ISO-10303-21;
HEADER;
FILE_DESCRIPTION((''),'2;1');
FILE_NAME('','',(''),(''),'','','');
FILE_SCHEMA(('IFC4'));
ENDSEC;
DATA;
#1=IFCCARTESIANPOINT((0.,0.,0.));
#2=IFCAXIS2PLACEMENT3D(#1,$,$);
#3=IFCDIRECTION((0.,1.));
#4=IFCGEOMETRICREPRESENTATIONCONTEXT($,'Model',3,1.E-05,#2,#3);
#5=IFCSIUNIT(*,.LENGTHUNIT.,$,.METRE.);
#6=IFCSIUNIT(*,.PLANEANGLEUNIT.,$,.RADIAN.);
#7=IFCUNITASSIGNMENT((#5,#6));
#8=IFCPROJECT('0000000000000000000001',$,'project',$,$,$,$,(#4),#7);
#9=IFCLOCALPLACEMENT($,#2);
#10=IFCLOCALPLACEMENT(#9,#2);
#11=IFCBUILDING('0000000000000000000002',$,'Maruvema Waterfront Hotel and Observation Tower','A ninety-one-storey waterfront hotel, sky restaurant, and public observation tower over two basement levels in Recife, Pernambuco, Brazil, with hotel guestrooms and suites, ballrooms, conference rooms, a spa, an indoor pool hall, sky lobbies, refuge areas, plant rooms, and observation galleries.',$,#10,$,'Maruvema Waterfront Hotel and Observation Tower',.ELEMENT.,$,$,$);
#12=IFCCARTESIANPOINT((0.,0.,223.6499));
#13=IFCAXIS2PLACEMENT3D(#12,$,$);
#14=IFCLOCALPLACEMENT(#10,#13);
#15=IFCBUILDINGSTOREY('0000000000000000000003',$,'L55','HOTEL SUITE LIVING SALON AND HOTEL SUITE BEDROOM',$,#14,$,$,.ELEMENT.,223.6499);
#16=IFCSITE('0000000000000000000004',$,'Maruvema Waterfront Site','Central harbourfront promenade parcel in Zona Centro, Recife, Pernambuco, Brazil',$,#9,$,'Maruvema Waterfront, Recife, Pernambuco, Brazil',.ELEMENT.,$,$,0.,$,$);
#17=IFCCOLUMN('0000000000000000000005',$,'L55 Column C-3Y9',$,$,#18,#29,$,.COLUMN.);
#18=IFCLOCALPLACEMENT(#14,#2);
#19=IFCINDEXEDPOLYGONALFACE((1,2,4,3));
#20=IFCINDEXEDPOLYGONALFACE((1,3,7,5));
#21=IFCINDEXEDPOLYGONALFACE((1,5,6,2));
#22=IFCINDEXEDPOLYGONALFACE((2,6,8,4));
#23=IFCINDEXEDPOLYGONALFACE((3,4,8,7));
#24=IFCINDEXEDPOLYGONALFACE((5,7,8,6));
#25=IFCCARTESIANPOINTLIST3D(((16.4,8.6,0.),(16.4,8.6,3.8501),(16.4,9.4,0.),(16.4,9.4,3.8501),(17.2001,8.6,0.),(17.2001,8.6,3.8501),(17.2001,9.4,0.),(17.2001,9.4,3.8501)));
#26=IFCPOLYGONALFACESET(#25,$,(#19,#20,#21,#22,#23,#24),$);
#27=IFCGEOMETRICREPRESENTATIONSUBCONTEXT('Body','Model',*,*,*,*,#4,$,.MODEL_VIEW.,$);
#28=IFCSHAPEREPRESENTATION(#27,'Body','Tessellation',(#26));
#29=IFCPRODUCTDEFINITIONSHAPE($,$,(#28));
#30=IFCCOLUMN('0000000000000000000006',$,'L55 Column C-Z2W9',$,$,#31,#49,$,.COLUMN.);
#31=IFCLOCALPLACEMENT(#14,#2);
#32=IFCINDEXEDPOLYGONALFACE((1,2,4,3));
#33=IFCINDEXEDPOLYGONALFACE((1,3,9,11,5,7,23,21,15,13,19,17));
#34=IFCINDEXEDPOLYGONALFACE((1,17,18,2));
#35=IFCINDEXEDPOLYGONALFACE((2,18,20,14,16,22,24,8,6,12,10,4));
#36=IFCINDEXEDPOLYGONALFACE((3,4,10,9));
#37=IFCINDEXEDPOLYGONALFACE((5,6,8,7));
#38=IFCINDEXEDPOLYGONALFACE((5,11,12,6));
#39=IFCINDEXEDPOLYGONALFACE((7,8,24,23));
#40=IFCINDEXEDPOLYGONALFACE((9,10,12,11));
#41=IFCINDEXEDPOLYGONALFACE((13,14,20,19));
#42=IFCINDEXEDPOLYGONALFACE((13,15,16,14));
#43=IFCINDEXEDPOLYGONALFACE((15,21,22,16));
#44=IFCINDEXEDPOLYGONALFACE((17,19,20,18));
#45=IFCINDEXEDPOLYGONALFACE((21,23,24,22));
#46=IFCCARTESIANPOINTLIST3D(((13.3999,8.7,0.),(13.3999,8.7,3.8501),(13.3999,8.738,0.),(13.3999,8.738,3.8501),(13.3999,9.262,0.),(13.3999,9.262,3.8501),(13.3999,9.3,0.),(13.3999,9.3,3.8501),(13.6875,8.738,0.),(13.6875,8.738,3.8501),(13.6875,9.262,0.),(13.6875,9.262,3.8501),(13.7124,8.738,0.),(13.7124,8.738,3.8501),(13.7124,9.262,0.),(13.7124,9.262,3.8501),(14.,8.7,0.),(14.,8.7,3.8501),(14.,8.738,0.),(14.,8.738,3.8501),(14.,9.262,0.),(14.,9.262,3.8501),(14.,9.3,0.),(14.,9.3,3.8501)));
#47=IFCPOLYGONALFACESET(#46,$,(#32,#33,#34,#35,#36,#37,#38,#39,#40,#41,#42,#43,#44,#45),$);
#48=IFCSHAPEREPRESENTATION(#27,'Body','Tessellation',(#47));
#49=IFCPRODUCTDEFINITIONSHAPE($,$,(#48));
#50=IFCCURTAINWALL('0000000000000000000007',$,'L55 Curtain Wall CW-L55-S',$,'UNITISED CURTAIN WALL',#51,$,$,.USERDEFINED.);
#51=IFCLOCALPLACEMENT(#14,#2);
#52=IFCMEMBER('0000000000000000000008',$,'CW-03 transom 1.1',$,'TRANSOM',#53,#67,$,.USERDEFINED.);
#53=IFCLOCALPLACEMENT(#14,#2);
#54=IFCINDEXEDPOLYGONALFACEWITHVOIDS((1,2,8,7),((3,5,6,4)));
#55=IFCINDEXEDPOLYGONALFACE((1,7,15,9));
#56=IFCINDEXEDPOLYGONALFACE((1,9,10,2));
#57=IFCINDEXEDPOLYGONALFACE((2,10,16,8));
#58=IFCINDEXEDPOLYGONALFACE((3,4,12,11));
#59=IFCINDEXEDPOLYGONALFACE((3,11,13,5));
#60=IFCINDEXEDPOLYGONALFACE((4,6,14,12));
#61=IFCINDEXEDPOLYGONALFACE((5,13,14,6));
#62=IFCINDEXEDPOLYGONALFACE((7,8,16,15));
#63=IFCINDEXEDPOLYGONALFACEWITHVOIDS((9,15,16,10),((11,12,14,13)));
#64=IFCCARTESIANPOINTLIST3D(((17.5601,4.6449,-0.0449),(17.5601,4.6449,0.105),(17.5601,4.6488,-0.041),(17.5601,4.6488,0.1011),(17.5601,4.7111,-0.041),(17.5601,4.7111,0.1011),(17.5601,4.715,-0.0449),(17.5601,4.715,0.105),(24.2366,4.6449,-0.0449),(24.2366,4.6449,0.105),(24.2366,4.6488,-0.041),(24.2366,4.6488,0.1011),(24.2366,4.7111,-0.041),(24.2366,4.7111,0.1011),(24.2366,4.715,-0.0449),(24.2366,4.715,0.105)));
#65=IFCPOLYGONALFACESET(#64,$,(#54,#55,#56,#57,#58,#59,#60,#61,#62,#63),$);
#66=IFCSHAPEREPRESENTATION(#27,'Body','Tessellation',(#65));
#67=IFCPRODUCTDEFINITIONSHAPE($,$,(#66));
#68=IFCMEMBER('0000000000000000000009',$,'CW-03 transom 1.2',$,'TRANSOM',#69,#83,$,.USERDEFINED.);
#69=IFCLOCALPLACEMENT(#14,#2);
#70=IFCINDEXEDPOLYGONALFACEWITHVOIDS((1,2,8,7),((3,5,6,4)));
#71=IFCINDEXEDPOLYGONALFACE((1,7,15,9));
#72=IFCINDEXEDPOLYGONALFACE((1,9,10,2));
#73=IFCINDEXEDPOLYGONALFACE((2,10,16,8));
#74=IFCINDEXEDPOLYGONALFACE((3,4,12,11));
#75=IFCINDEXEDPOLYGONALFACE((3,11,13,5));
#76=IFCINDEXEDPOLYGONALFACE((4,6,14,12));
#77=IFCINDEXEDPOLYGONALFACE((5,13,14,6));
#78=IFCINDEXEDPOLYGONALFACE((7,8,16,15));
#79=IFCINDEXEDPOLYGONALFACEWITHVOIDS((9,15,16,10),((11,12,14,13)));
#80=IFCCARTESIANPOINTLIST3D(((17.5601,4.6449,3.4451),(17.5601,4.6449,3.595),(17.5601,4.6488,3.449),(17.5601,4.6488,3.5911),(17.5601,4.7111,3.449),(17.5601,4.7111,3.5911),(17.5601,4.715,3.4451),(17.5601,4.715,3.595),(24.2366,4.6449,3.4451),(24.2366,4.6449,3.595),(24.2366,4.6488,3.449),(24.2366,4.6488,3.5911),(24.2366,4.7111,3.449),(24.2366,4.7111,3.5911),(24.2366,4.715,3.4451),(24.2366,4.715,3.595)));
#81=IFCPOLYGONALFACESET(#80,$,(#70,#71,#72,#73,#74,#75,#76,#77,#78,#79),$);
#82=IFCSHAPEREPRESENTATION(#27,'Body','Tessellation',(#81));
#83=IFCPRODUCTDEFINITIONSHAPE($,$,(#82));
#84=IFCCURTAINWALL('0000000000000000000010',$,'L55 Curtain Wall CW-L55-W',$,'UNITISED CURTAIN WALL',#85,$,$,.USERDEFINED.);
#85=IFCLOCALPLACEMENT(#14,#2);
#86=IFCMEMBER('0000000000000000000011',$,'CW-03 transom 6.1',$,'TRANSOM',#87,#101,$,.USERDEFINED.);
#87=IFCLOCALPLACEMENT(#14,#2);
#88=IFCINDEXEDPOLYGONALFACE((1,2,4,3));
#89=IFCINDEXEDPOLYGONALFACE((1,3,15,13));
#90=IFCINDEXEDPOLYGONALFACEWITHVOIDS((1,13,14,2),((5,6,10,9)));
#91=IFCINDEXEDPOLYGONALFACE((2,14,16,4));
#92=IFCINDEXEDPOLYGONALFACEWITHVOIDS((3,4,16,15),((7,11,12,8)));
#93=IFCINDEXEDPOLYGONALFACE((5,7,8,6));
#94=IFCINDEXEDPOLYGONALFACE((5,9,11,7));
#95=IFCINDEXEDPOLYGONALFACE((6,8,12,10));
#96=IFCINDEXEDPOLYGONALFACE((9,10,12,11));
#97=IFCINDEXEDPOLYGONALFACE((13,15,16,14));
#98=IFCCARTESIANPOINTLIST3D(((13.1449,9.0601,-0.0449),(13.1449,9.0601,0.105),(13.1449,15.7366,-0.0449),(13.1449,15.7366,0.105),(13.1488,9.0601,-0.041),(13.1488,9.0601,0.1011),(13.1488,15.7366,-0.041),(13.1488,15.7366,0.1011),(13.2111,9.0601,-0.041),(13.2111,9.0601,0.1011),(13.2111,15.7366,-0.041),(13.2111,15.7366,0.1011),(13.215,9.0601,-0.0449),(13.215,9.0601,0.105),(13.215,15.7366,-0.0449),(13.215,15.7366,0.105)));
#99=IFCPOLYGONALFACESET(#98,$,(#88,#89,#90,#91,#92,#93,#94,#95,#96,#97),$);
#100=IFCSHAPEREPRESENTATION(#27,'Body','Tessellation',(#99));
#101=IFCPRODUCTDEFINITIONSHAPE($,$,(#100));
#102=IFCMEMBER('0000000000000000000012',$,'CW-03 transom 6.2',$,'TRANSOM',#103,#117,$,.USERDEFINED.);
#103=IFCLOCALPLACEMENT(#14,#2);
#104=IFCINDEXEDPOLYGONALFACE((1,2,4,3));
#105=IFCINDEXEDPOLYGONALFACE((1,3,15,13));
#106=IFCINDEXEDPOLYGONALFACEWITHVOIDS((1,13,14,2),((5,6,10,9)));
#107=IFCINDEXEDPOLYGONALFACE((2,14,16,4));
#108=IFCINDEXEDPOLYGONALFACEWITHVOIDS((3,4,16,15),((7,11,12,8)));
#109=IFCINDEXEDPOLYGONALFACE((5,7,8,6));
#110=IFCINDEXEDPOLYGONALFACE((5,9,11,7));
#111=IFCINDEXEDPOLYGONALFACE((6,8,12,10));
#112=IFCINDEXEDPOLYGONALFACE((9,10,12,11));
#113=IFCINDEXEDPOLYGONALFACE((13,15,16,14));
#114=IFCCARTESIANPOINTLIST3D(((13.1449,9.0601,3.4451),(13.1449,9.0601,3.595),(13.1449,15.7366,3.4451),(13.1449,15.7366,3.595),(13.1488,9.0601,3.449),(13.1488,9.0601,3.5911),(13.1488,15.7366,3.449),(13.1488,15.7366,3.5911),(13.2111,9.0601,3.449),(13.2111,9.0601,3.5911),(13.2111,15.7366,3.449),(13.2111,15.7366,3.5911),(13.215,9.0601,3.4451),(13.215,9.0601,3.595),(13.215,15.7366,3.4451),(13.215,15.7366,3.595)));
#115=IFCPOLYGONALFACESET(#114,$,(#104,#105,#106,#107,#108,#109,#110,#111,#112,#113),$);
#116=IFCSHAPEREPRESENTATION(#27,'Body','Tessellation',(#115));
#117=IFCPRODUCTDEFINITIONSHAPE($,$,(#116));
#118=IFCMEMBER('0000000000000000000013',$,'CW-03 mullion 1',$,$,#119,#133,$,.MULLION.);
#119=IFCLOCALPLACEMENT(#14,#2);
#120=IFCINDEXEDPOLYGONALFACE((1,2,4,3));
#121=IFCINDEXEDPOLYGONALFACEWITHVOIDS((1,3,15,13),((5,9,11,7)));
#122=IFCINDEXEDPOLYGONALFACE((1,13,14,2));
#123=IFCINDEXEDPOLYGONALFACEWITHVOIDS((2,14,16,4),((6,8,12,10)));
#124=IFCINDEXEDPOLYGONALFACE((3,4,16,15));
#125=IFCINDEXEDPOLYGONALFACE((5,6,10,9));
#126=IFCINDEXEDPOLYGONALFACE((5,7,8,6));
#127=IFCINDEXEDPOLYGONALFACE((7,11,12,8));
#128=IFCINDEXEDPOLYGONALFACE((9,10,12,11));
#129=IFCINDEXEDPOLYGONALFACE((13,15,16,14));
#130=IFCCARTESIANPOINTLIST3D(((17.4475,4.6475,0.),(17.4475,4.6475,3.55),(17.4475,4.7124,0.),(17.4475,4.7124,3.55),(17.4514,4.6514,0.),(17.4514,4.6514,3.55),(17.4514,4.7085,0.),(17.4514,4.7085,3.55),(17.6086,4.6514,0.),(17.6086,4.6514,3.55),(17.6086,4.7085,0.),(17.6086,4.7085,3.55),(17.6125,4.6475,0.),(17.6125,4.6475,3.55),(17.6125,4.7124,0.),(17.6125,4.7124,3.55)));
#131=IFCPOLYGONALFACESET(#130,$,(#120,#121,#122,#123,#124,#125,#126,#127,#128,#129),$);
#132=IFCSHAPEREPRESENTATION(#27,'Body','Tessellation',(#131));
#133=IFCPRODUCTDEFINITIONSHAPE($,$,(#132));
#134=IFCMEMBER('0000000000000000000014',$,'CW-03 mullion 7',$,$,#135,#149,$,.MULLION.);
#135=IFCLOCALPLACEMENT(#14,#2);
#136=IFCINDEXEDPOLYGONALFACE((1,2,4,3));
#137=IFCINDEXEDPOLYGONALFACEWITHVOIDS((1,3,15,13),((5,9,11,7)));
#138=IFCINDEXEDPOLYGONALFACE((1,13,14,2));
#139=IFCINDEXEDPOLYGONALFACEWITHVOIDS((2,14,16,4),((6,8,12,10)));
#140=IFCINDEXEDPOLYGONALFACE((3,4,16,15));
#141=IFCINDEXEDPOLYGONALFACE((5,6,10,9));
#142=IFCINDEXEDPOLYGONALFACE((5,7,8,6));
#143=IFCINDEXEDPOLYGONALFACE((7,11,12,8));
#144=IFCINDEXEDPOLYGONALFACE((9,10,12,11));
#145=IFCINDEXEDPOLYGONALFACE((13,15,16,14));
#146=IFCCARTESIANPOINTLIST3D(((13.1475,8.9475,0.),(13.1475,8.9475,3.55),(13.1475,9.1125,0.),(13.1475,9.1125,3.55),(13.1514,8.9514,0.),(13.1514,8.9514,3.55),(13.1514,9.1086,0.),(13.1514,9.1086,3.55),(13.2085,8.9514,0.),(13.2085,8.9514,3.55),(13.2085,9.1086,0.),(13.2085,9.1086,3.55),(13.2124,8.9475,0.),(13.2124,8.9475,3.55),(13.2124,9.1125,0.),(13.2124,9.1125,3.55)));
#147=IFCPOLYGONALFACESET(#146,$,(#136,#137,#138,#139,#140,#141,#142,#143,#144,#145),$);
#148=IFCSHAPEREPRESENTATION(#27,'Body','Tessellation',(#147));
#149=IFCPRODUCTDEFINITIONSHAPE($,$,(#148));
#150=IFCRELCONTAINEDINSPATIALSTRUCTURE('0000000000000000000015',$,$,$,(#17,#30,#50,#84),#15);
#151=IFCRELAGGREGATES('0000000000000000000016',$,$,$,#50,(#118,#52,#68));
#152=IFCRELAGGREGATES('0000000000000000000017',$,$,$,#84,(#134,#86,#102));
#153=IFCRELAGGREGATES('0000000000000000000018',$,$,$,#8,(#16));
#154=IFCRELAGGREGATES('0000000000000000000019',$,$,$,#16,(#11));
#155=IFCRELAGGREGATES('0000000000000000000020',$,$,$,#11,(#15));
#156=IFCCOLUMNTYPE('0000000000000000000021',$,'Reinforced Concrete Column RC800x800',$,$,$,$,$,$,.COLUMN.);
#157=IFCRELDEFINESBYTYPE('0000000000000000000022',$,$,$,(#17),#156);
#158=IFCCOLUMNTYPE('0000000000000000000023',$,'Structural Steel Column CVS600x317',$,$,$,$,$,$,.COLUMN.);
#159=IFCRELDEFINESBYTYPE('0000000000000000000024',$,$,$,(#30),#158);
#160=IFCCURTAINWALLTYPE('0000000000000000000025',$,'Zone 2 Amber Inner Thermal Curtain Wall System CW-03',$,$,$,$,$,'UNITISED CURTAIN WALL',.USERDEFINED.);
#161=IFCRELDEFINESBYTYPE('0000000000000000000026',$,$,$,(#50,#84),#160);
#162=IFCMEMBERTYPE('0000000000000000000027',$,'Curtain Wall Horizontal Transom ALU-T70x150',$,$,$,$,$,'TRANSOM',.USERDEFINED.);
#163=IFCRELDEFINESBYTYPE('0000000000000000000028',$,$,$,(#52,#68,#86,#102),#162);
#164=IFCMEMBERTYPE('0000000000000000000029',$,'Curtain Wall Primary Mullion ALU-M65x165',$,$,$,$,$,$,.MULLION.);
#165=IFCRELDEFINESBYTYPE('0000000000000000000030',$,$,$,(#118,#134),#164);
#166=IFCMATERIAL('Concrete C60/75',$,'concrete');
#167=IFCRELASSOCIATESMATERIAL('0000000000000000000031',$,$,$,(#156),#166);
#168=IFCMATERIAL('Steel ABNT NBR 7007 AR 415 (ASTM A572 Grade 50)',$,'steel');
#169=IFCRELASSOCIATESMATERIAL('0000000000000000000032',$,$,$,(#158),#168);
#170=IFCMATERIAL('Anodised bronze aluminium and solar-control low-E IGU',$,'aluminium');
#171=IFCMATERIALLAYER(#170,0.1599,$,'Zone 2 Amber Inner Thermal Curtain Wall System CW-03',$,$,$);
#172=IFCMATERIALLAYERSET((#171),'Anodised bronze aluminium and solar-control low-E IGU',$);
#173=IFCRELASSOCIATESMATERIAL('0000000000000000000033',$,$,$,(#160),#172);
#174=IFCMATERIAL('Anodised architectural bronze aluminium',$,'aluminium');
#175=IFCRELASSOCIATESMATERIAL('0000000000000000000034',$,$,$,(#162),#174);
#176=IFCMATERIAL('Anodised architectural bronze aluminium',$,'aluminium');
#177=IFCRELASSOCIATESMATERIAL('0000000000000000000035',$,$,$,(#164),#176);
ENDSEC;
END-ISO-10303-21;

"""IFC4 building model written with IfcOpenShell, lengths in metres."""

from ifc_helpers import new_model, si_unit, direction, frame, origin, origin_2d, place, context, subcontext, project, spatial, rectangle, hollow_rectangle, i_section, extrude, material, layer, layer_set, material_profile, profile_set, type_object, element, aggregate, save


model = new_model("IFC4")

# Units and contexts
model_context = context("Model", 3, precision=1e-05, world=origin(), true_north=direction((0.0, 1.0)))
body_context = subcontext(model_context, "Body", "Model", "MODEL_VIEW")
ifc_project = project(units=[si_unit("LENGTHUNIT", "METRE"), si_unit("PLANEANGLEUNIT", "RADIAN")], contexts=[model_context])

# Site, building, storey
site_placement = place(None, origin())
site = spatial("IfcSite", under=ifc_project, at=site_placement, Name="Maruvema Waterfront Site", Description="Central harbourfront promenade parcel in Zona Centro, Recife, Pernambuco, Brazil", LongName="Maruvema Waterfront, Recife, Pernambuco, Brazil", CompositionType="ELEMENT", RefElevation=0.0)
building_placement = place(site_placement, origin())
building = spatial("IfcBuilding", under=site, at=building_placement, Name="Maruvema Waterfront Hotel and Observation Tower", Description="A ninety-one-storey waterfront hotel, sky restaurant, and public observation tower over two basement levels in Recife, Pernambuco, Brazil, with hotel guestrooms and suites, ballrooms, conference rooms, a spa, an indoor pool hall, sky lobbies, refuge areas, plant rooms, and observation galleries.", LongName="Maruvema Waterfront Hotel and Observation Tower", CompositionType="ELEMENT")
storey_placement = place(building_placement, frame((0.0, 0.0, 223.6499)))
storey = spatial("IfcBuildingStorey", under=building, at=storey_placement, Name="L55", Description="HOTEL SUITE LIVING SALON AND HOTEL SUITE BEDROOM", CompositionType="ELEMENT", Elevation=223.6499)

# Columns
ifc_material_1 = material(Name="Concrete C60/75", Category="concrete")
ifc_material_profile_1 = material_profile(ifc_material_1, rectangle(XDim=0.8, YDim=0.8, at=origin_2d()), Name="RC800x800")
ifc_profile_set_1 = profile_set([ifc_material_profile_1], Name="Concrete C60/75")
column_type_1 = type_object("IfcColumnType", Name="Reinforced Concrete Column RC800x800", PredefinedType="COLUMN", material=ifc_profile_set_1)
column_1_placement = place(storey_placement, frame((16.8, 9.0, 0.0), z_axis=(0.0, 0.0, 1.0), x_axis=(1.0, 0.0, 0.0)))
element("IfcColumn", 1, at=column_1_placement, inside=storey, type_object=column_type_1, Name="L55 Column C-3Y9", PredefinedType="COLUMN", context=body_context, shape_type="SweptSolid", body=[
    extrude(rectangle(XDim=0.8, YDim=0.8, at=origin_2d()), origin(), (0.0, 0.0, 1.0), 3.8501),
])
ifc_material_2 = material(Name="Steel ABNT NBR 7007 AR 415 (ASTM A572 Grade 50)", Category="steel")
ifc_material_profile_2 = material_profile(ifc_material_2, i_section(OverallWidth=0.6001, OverallDepth=0.6001, WebThickness=0.0249, FlangeThickness=0.0381, at=origin_2d()), Name="CVS600x317")
ifc_profile_set_2 = profile_set([ifc_material_profile_2], Name="Steel ABNT NBR 7007 AR 415 (ASTM A572 Grade 50)")
column_type_2 = type_object("IfcColumnType", Name="Structural Steel Column CVS600x317", PredefinedType="COLUMN", material=ifc_profile_set_2)
column_2_placement = place(storey_placement, frame((13.7, 9.0, 0.0), z_axis=(0.0, 0.0, 1.0), x_axis=(1.0, 0.0, 0.0)))
element("IfcColumn", 2, at=column_2_placement, inside=storey, type_object=column_type_2, Name="L55 Column C-Z2W9", PredefinedType="COLUMN", context=body_context, shape_type="SweptSolid", body=[
    extrude(i_section(OverallWidth=0.6001, OverallDepth=0.6001, WebThickness=0.0249, FlangeThickness=0.0381, at=origin_2d()), origin(), (0.0, 0.0, 1.0), 3.8501),
])

# Curtain walls, members
ifc_material_3 = material(Name="Anodised bronze aluminium and solar-control low-E IGU", Category="aluminium")
ifc_layer_1 = layer(ifc_material_3, 0.1599, Name="Zone 2 Amber Inner Thermal Curtain Wall System CW-03")
ifc_layer_set_1 = layer_set([ifc_layer_1], Name="Anodised bronze aluminium and solar-control low-E IGU")
curtain_wall_type = type_object("IfcCurtainWallType", Name="Zone 2 Amber Inner Thermal Curtain Wall System CW-03", ElementType="UNITISED CURTAIN WALL", PredefinedType="USERDEFINED", material=ifc_layer_set_1)
curtain_wall_1_placement = place(storey_placement, origin())
curtain_wall_1 = element("IfcCurtainWall", 3, at=curtain_wall_1_placement, inside=storey, type_object=curtain_wall_type, Name="L55 Curtain Wall CW-L55-S", ObjectType="UNITISED CURTAIN WALL", PredefinedType="USERDEFINED")
ifc_material_4 = material(Name="Anodised architectural bronze aluminium", Category="aluminium")
ifc_material_profile_3 = material_profile(ifc_material_4, hollow_rectangle(XDim=0.0701, YDim=0.1499, WallThickness=0.0039, at=origin_2d()), Name="ALU-T70x150")
ifc_profile_set_3 = profile_set([ifc_material_profile_3], Name="Anodised architectural bronze aluminium")
member_type_1 = type_object("IfcMemberType", Name="Curtain Wall Horizontal Transom ALU-T70x150", ElementType="TRANSOM", PredefinedType="USERDEFINED", material=ifc_profile_set_3)
member_1_placement = place(storey_placement, frame((17.5601, 4.6799, 0.03), z_axis=(1.0, 0.0, 0.0), x_axis=(0.0, 1.0, 0.0)))
member_1 = element("IfcMember", 4, at=member_1_placement, type_object=member_type_1, Name="CW-03 transom 1.1", ObjectType="TRANSOM", PredefinedType="USERDEFINED", context=body_context, shape_type="SweptSolid", body=[
    extrude(hollow_rectangle(XDim=0.0701, YDim=0.1499, WallThickness=0.0039, at=origin_2d()), origin(), (0.0, 0.0, 1.0), 6.6765),
])
member_2_placement = place(storey_placement, frame((17.5601, 4.6799, 3.52), z_axis=(1.0, 0.0, 0.0), x_axis=(0.0, 1.0, 0.0)))
member_2 = element("IfcMember", 5, at=member_2_placement, type_object=member_type_1, Name="CW-03 transom 1.2", ObjectType="TRANSOM", PredefinedType="USERDEFINED", context=body_context, shape_type="SweptSolid", body=[
    extrude(hollow_rectangle(XDim=0.0701, YDim=0.1499, WallThickness=0.0039, at=origin_2d()), origin(), (0.0, 0.0, 1.0), 6.6765),
])
curtain_wall_2_placement = place(storey_placement, origin())
curtain_wall_2 = element("IfcCurtainWall", 6, at=curtain_wall_2_placement, inside=storey, type_object=curtain_wall_type, Name="L55 Curtain Wall CW-L55-W", ObjectType="UNITISED CURTAIN WALL", PredefinedType="USERDEFINED")
member_3_placement = place(storey_placement, frame((13.1799, 15.7366, 0.03), z_axis=(0.0, -1.0, 0.0), x_axis=(1.0, 0.0, 0.0)))
member_3 = element("IfcMember", 7, at=member_3_placement, type_object=member_type_1, Name="CW-03 transom 6.1", ObjectType="TRANSOM", PredefinedType="USERDEFINED", context=body_context, shape_type="SweptSolid", body=[
    extrude(hollow_rectangle(XDim=0.0701, YDim=0.1499, WallThickness=0.0039, at=origin_2d()), origin(), (0.0, 0.0, 1.0), 6.6765),
])
member_4_placement = place(storey_placement, frame((13.1799, 15.7366, 3.52), z_axis=(0.0, -1.0, 0.0), x_axis=(1.0, 0.0, 0.0)))
member_4 = element("IfcMember", 8, at=member_4_placement, type_object=member_type_1, Name="CW-03 transom 6.2", ObjectType="TRANSOM", PredefinedType="USERDEFINED", context=body_context, shape_type="SweptSolid", body=[
    extrude(hollow_rectangle(XDim=0.0701, YDim=0.1499, WallThickness=0.0039, at=origin_2d()), origin(), (0.0, 0.0, 1.0), 6.6765),
])

# Members
ifc_material_5 = material(Name="Anodised architectural bronze aluminium", Category="aluminium")
ifc_material_profile_4 = material_profile(ifc_material_5, hollow_rectangle(XDim=0.0649, YDim=0.165, WallThickness=0.0039, at=origin_2d()), Name="ALU-M65x165")
ifc_profile_set_4 = profile_set([ifc_material_profile_4], Name="Anodised architectural bronze aluminium")
member_type_2 = type_object("IfcMemberType", Name="Curtain Wall Primary Mullion ALU-M65x165", PredefinedType="MULLION", material=ifc_profile_set_4)
member_5_placement = place(storey_placement, frame((17.53, 4.6799, 0.0), z_axis=(0.0, 0.0, 1.0), x_axis=(0.0, 1.0, 0.0)))
member_5 = element("IfcMember", 9, at=member_5_placement, type_object=member_type_2, Name="CW-03 mullion 1", PredefinedType="MULLION", context=body_context, shape_type="SweptSolid", body=[
    extrude(hollow_rectangle(XDim=0.0649, YDim=0.165, WallThickness=0.0039, at=origin_2d()), origin(), (0.0, 0.0, 1.0), 3.55),
])
aggregate(curtain_wall_1, [member_5, member_1, member_2])
member_6_placement = place(storey_placement, frame((13.1799, 9.03, 0.0), z_axis=(0.0, 0.0, 1.0), x_axis=(1.0, 0.0, 0.0)))
member_6 = element("IfcMember", 10, at=member_6_placement, type_object=member_type_2, Name="CW-03 mullion 7", PredefinedType="MULLION", context=body_context, shape_type="SweptSolid", body=[
    extrude(hollow_rectangle(XDim=0.0649, YDim=0.165, WallThickness=0.0039, at=origin_2d()), origin(), (0.0, 0.0, 1.0), 3.55),
])

aggregate(curtain_wall_2, [member_6, member_3, member_4])

save(model, "model.ifc")
